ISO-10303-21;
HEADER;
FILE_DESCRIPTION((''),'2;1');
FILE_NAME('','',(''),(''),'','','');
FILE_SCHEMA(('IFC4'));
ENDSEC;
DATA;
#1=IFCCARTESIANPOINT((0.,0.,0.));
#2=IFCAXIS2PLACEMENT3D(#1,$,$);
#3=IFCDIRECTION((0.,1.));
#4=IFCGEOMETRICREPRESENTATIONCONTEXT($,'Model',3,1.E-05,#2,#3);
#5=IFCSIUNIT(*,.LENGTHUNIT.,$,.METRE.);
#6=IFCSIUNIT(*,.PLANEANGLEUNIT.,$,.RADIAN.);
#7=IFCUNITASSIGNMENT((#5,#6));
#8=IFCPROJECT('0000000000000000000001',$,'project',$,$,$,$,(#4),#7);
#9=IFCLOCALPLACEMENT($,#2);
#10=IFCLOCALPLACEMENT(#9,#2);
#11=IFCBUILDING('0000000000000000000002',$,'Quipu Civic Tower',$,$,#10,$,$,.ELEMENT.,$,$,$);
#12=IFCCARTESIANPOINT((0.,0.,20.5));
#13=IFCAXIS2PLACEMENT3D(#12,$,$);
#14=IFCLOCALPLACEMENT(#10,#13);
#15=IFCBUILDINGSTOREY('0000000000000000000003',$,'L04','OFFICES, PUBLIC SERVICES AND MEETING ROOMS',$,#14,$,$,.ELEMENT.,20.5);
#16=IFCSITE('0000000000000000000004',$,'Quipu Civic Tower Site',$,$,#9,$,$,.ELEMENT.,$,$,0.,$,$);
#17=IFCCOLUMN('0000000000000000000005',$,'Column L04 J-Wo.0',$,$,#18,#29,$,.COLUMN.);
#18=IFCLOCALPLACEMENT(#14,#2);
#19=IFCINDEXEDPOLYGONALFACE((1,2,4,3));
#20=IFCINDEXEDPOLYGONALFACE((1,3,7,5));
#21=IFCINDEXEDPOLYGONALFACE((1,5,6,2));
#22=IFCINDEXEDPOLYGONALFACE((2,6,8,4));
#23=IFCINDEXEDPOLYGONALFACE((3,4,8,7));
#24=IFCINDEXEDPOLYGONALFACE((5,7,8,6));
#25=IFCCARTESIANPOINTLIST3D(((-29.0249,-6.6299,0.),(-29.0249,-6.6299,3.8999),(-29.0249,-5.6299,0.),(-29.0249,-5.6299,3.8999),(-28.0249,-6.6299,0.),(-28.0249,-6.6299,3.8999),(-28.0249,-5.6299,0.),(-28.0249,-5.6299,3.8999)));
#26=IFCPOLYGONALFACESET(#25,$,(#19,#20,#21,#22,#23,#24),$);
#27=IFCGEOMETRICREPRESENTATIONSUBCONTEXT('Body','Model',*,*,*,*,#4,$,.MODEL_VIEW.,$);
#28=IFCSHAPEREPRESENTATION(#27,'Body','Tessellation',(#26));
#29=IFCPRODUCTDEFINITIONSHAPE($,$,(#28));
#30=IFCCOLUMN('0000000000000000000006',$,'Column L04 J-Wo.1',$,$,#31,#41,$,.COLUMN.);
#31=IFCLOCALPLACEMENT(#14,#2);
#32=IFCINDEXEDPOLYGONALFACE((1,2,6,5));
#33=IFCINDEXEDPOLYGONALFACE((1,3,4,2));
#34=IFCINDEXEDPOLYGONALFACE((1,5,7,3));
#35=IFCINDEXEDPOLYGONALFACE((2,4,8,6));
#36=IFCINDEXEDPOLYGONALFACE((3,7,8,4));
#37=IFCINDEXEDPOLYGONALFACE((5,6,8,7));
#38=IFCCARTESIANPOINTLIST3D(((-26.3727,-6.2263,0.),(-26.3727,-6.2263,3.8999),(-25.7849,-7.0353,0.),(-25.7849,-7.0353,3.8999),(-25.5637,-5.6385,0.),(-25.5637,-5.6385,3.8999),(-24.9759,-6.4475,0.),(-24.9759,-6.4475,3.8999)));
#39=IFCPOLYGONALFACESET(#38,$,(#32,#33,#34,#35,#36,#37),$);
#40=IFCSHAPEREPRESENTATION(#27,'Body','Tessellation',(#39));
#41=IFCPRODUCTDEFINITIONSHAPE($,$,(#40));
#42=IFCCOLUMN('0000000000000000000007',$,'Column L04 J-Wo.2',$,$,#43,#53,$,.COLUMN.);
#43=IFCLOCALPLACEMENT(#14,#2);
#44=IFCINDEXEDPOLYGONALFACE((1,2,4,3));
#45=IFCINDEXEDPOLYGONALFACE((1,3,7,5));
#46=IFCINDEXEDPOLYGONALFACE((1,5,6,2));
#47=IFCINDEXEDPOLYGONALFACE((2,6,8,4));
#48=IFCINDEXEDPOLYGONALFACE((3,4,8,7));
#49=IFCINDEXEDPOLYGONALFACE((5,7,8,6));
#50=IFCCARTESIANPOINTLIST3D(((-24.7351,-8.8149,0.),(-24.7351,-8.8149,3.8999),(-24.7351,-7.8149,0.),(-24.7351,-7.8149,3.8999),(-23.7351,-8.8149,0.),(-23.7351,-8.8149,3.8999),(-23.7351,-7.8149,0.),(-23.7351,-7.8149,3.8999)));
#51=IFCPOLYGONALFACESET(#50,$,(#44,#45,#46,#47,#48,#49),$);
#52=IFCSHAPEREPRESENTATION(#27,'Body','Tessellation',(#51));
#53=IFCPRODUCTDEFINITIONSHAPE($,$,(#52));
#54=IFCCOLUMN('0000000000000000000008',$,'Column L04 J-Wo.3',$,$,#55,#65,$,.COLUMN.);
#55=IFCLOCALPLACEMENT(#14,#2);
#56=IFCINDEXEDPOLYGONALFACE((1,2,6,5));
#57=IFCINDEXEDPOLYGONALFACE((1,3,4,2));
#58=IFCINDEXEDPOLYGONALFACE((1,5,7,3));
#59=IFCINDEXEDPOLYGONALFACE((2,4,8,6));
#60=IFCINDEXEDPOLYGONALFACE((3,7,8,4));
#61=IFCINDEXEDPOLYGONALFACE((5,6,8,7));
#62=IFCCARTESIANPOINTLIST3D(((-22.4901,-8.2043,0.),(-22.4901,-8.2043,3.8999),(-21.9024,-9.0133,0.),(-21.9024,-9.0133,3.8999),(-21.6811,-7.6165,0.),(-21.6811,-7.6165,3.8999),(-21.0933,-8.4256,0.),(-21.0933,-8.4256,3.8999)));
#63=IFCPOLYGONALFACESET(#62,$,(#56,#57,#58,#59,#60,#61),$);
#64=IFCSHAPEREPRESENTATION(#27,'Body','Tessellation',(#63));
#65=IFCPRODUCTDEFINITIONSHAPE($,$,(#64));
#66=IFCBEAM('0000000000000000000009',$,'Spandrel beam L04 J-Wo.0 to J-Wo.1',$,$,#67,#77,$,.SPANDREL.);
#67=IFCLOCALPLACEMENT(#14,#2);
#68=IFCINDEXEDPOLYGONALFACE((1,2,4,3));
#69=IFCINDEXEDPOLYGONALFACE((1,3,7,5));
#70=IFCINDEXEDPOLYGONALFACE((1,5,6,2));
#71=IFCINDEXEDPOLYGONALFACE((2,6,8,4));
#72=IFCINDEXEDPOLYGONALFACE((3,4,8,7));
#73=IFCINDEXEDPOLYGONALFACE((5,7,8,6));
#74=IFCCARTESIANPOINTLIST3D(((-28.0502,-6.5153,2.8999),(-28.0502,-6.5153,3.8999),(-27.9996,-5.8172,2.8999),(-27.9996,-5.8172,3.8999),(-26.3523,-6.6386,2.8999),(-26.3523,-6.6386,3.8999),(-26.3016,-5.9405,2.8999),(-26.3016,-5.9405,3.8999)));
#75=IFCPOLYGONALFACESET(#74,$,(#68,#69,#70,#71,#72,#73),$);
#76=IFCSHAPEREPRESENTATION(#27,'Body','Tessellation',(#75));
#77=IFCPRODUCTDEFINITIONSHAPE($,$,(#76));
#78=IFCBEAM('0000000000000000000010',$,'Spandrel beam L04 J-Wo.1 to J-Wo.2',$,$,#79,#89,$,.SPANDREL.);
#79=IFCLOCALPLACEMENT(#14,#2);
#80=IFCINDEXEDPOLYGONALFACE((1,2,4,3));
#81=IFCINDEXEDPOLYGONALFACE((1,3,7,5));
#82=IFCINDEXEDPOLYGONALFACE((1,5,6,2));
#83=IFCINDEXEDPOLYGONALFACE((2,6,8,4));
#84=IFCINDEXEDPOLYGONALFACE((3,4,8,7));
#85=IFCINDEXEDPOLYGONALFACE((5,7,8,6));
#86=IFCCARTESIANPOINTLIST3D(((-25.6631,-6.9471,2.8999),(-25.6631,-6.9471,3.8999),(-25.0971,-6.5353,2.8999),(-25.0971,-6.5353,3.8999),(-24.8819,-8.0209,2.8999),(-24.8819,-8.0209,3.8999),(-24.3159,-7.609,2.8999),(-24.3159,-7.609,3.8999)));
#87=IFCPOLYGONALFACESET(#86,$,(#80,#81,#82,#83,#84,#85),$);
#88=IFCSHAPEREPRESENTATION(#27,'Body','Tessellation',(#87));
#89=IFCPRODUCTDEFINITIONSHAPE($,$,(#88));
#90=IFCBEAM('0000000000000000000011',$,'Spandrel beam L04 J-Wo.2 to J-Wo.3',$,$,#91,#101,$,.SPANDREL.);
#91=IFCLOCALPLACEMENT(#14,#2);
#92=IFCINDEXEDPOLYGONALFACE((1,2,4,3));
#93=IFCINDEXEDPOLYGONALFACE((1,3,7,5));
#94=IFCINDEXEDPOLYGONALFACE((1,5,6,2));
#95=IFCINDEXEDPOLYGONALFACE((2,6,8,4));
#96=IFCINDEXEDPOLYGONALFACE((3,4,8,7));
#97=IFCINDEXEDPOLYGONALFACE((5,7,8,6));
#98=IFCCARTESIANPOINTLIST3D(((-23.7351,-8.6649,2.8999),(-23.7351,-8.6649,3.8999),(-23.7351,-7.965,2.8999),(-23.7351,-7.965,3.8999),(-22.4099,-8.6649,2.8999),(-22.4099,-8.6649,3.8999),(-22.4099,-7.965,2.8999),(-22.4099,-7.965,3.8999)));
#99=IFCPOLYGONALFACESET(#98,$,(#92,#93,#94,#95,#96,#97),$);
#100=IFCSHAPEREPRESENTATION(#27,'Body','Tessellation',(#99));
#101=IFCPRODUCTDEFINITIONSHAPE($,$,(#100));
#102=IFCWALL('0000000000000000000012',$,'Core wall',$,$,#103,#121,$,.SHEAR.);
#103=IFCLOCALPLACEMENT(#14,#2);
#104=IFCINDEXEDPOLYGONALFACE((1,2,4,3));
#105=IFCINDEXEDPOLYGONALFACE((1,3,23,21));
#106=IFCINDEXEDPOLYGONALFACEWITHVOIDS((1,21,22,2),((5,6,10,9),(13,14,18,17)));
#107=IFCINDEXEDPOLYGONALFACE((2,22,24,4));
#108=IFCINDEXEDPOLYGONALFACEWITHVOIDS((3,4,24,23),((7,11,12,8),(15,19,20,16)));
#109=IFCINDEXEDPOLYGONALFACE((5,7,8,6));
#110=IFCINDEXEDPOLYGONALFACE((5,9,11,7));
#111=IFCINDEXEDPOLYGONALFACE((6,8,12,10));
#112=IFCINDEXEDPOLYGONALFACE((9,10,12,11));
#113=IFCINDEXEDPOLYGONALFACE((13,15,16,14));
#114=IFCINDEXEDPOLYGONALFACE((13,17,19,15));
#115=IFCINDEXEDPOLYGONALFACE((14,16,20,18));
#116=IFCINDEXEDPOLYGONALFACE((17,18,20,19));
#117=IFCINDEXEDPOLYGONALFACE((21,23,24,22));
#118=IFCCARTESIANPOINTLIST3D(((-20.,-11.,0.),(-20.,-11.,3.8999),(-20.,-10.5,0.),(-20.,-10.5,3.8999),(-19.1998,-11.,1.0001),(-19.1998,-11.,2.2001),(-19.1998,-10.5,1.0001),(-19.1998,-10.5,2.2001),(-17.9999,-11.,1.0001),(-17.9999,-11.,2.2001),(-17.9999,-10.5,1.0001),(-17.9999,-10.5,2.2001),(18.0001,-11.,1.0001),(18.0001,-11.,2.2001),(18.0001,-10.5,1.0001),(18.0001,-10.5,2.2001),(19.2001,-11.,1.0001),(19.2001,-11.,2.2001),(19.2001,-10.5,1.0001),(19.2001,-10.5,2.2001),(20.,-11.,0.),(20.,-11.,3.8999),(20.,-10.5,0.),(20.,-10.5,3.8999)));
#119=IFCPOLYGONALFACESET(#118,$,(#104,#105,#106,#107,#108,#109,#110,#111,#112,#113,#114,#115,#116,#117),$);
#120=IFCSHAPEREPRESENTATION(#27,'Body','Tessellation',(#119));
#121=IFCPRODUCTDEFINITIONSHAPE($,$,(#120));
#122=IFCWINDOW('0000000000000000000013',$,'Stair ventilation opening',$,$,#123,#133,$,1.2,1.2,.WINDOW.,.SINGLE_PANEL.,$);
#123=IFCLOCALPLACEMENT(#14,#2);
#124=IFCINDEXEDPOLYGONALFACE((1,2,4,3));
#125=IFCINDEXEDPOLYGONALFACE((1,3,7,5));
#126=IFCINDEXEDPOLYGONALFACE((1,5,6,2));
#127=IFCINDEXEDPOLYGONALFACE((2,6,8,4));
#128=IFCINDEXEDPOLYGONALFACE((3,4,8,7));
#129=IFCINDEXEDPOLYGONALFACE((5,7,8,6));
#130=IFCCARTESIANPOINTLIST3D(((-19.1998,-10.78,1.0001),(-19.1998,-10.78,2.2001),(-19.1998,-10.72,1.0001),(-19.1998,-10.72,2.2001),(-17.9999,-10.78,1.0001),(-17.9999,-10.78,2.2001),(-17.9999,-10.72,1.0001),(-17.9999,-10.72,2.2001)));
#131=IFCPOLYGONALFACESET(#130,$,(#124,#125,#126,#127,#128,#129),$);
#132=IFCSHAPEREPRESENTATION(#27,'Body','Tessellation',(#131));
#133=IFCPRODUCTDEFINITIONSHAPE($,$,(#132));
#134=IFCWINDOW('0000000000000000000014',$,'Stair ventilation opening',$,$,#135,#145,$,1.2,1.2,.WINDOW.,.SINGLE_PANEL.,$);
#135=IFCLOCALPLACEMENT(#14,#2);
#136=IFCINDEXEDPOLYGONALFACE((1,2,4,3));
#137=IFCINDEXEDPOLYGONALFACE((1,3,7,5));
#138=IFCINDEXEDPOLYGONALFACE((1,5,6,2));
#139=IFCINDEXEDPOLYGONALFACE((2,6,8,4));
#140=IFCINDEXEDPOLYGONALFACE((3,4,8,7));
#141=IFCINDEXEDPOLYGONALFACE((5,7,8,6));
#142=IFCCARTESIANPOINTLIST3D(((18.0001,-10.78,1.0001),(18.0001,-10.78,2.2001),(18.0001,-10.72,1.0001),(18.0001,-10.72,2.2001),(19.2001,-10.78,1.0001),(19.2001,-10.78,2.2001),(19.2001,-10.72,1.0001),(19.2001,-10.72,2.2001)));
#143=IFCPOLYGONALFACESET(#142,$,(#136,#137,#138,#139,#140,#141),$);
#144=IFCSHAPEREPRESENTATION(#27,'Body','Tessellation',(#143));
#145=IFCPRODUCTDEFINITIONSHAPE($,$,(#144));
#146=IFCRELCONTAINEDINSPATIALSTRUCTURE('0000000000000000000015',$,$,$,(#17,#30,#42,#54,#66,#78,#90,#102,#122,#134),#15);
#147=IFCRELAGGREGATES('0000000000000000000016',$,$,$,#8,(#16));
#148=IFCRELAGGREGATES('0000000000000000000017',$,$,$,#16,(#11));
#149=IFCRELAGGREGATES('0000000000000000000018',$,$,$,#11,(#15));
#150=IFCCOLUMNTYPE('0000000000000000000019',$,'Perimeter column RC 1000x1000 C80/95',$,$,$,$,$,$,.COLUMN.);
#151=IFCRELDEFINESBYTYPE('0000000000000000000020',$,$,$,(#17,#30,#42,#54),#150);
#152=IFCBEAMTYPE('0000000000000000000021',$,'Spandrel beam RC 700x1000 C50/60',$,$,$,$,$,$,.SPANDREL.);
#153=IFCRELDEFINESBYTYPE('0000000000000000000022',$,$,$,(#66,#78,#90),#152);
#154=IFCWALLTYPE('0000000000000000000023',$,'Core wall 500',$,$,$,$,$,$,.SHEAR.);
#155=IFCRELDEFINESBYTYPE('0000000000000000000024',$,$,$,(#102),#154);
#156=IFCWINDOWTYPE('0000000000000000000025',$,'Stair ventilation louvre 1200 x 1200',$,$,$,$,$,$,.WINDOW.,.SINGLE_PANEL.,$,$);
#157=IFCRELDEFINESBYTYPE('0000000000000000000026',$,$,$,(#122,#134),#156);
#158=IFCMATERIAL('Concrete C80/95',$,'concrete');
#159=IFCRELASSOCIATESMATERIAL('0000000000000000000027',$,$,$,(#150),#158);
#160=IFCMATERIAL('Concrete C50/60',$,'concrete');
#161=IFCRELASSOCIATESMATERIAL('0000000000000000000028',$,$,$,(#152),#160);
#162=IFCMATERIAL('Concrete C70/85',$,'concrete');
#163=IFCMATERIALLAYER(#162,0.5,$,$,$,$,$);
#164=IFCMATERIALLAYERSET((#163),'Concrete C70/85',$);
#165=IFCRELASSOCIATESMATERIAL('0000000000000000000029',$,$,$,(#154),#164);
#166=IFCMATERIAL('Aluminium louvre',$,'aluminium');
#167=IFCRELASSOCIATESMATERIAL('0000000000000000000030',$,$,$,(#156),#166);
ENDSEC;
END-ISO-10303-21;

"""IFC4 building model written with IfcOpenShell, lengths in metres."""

from ifc_helpers import new_model, si_unit, direction, frame, frame_2d, origin, origin_2d, place, context, subcontext, project, spatial, rectangle, extrude, material, layer, layer_set, material_profile, profile_set, type_object, element, fill, save


model = new_model("IFC4")

# Units and contexts
model_context = context("Model", 3, precision=1e-05, world=origin(), true_north=direction((0.0, 1.0)))
body_context = subcontext(model_context, "Body", "Model", "MODEL_VIEW")
ifc_project = project(units=[si_unit("LENGTHUNIT", "METRE"), si_unit("PLANEANGLEUNIT", "RADIAN")], contexts=[model_context])

# Site, building, storey
site_placement = place(None, origin())
site = spatial("IfcSite", under=ifc_project, at=site_placement, Name="Quipu Civic Tower Site", CompositionType="ELEMENT", RefElevation=0.0)
building_placement = place(site_placement, origin())
building = spatial("IfcBuilding", under=site, at=building_placement, Name="Quipu Civic Tower", CompositionType="ELEMENT")
storey_placement = place(building_placement, frame((0.0, 0.0, 20.5)))
storey = spatial("IfcBuildingStorey", under=building, at=storey_placement, Name="L04", Description="OFFICES, PUBLIC SERVICES AND MEETING ROOMS", CompositionType="ELEMENT", Elevation=20.5)

# Columns
ifc_material_1 = material(Name="Concrete C80/95", Category="concrete")
ifc_material_profile_1 = material_profile(ifc_material_1, rectangle(XDim=1.0, YDim=1.0, at=origin_2d()), Name="RC1000x1000")
ifc_profile_set_1 = profile_set([ifc_material_profile_1], Name="Concrete C80/95")
column_type = type_object("IfcColumnType", Name="Perimeter column RC 1000x1000 C80/95", PredefinedType="COLUMN", material=ifc_profile_set_1)
for number, where, z_axis, x_axis, name in (
    (1, (-28.5249, -6.1299, 0.0), (0.0, 0.0, 1.0), (1.0, 0.0, 0.0), "Column L04 J-Wo.0"),
    (2, (-25.6743, -6.3369, 0.0), (0.0, 0.0, 1.0), (0.587785, -0.809017, 0.0), "Column L04 J-Wo.1"),
    (3, (-24.2351, -8.3149, 0.0), (0.0, 0.0, 1.0), (1.0, 0.0, 0.0), "Column L04 J-Wo.2"),
    (4, (-21.7917, -8.3149, 0.0), (0.0, 0.0, 1.0), (0.587785, -0.809017, 0.0), "Column L04 J-Wo.3"),
):
    element("IfcColumn", number, at=place(storey_placement, frame(where, z_axis=z_axis, x_axis=x_axis)), inside=storey, type_object=column_type, Name=name, PredefinedType="COLUMN", context=body_context, shape_type="SweptSolid", body=[
        extrude(rectangle(XDim=1.0, YDim=1.0, at=origin_2d()), origin(), (0.0, 0.0, 1.0), 3.8999),
    ])

# Beams
ifc_material_2 = material(Name="Concrete C50/60", Category="concrete")
ifc_material_profile_2 = material_profile(ifc_material_2, rectangle(XDim=0.7, YDim=1.0, at=origin_2d()), Name="RC700x1000")
ifc_profile_set_2 = profile_set([ifc_material_profile_2], Name="Concrete C50/60")
beam_type = type_object("IfcBeamType", Name="Spandrel beam RC 700x1000 C50/60", PredefinedType="SPANDREL", material=ifc_profile_set_2)
beam_1_placement = place(storey_placement, frame((-28.0249, -6.1663, 3.3999), z_axis=(0.997374, -0.072419, 0.0), x_axis=(0.072419, 0.997374, 0.0)))
element("IfcBeam", 5, at=beam_1_placement, inside=storey, type_object=beam_type, Name="Spandrel beam L04 J-Wo.0 to J-Wo.1", PredefinedType="SPANDREL", context=body_context, shape_type="SweptSolid", body=[
    extrude(rectangle(XDim=0.7, YDim=1.0, at=origin_2d()), origin(), (0.0, 0.0, 1.0), 1.7024),
])
beam_2_placement = place(storey_placement, frame((-25.3801, -6.7412, 3.3999), z_axis=(0.588347, -0.808609, 0.0), x_axis=(0.808609, 0.588347, 0.0)))
element("IfcBeam", 6, at=beam_2_placement, inside=storey, type_object=beam_type, Name="Spandrel beam L04 J-Wo.1 to J-Wo.2", PredefinedType="SPANDREL", context=body_context, shape_type="SweptSolid", body=[
    extrude(rectangle(XDim=0.7, YDim=1.0, at=origin_2d()), origin(), (0.0, 0.0, 1.0), 1.3279),
])
beam_3_placement = place(storey_placement, frame((-23.7351, -8.3149, 3.3999), z_axis=(1.0, 0.0, 0.0), x_axis=(0.0, 1.0, 0.0)))
element("IfcBeam", 7, at=beam_3_placement, inside=storey, type_object=beam_type, Name="Spandrel beam L04 J-Wo.2 to J-Wo.3", PredefinedType="SPANDREL", context=body_context, shape_type="SweptSolid", body=[
    extrude(rectangle(XDim=0.7, YDim=1.0, at=origin_2d()), origin(), (0.0, 0.0, 1.0), 1.3252),
])

# Wall, openings, windows
ifc_material_3 = material(Name="Concrete C70/85", Category="concrete")
ifc_layer_1 = layer(ifc_material_3, 0.5)
ifc_layer_set_1 = layer_set([ifc_layer_1], Name="Concrete C70/85")
wall_type_1 = type_object("IfcWallType", Name="Core wall 500", PredefinedType="SHEAR", material=ifc_layer_set_1)
wall_1_placement = place(storey_placement, frame((-20.0, -10.75, 0.0), z_axis=(0.0, 0.0, 1.0), x_axis=(1.0, 0.0, 0.0)))
wall_1 = element("IfcWall", 8, at=wall_1_placement, inside=storey, type_object=wall_type_1, Name="Core wall", PredefinedType="SHEAR", context=body_context, shape_type="SweptSolid", body=[
    extrude(rectangle(XDim=40.0, YDim=0.5, at=frame_2d((20.0, 0.0))), origin(), (0.0, 0.0, 1.0), 3.8999),
])
opening_1_placement = place(wall_1_placement, frame((0.8, 0.0, 1.0)))
opening_1 = element("IfcOpeningElement", 9, at=opening_1_placement, cuts=wall_1, PredefinedType="OPENING", context=body_context, shape_type="SweptSolid", body=[
    extrude(rectangle(XDim=1.2, YDim=1.2, at=frame_2d((0.6001, 0.6001))), frame((0.0, 0.26, 0.0), z_axis=(0.0, -1.0, 0.0), x_axis=(1.0, 0.0, 0.0)), (0.0, 0.0, 1.0), 0.52),
])
opening_2_placement = place(wall_1_placement, frame((38.0, 0.0, 1.0)))
opening_2 = element("IfcOpeningElement", 10, at=opening_2_placement, cuts=wall_1, PredefinedType="OPENING", context=body_context, shape_type="SweptSolid", body=[
    extrude(rectangle(XDim=1.2, YDim=1.2, at=frame_2d((0.6001, 0.6001))), frame((0.0, 0.26, 0.0), z_axis=(0.0, -1.0, 0.0), x_axis=(1.0, 0.0, 0.0)), (0.0, 0.0, 1.0), 0.52),
])
ifc_material_4 = material(Name="Aluminium louvre", Category="aluminium")
window_type = type_object("IfcWindowType", Name="Stair ventilation louvre 1200 x 1200", PartitioningType="SINGLE_PANEL", PredefinedType="WINDOW", material=ifc_material_4)
window_1_placement = place(opening_1_placement, origin())
window_1 = element("IfcWindow", 11, at=window_1_placement, inside=storey, type_object=window_type, Name="Stair ventilation opening", OverallHeight=1.2, OverallWidth=1.2, PartitioningType="SINGLE_PANEL", PredefinedType="WINDOW", context=body_context, shape_type="SweptSolid", body=[
    extrude(rectangle(XDim=1.2, YDim=1.2, at=frame_2d((0.6001, 0.6001))), frame((0.0, 0.03, 0.0), z_axis=(0.0, -1.0, 0.0), x_axis=(1.0, 0.0, 0.0)), (0.0, 0.0, 1.0), 0.0601),
])
fill(opening_1, window_1)
window_2_placement = place(opening_2_placement, origin())
window_2 = element("IfcWindow", 12, at=window_2_placement, inside=storey, type_object=window_type, Name="Stair ventilation opening", OverallHeight=1.2, OverallWidth=1.2, PartitioningType="SINGLE_PANEL", PredefinedType="WINDOW", context=body_context, shape_type="SweptSolid", body=[
    extrude(rectangle(XDim=1.2, YDim=1.2, at=frame_2d((0.6001, 0.6001))), frame((0.0, 0.03, 0.0), z_axis=(0.0, -1.0, 0.0), x_axis=(1.0, 0.0, 0.0)), (0.0, 0.0, 1.0), 0.0601),
])
fill(opening_2, window_2)

save(model, "model.ifc")
